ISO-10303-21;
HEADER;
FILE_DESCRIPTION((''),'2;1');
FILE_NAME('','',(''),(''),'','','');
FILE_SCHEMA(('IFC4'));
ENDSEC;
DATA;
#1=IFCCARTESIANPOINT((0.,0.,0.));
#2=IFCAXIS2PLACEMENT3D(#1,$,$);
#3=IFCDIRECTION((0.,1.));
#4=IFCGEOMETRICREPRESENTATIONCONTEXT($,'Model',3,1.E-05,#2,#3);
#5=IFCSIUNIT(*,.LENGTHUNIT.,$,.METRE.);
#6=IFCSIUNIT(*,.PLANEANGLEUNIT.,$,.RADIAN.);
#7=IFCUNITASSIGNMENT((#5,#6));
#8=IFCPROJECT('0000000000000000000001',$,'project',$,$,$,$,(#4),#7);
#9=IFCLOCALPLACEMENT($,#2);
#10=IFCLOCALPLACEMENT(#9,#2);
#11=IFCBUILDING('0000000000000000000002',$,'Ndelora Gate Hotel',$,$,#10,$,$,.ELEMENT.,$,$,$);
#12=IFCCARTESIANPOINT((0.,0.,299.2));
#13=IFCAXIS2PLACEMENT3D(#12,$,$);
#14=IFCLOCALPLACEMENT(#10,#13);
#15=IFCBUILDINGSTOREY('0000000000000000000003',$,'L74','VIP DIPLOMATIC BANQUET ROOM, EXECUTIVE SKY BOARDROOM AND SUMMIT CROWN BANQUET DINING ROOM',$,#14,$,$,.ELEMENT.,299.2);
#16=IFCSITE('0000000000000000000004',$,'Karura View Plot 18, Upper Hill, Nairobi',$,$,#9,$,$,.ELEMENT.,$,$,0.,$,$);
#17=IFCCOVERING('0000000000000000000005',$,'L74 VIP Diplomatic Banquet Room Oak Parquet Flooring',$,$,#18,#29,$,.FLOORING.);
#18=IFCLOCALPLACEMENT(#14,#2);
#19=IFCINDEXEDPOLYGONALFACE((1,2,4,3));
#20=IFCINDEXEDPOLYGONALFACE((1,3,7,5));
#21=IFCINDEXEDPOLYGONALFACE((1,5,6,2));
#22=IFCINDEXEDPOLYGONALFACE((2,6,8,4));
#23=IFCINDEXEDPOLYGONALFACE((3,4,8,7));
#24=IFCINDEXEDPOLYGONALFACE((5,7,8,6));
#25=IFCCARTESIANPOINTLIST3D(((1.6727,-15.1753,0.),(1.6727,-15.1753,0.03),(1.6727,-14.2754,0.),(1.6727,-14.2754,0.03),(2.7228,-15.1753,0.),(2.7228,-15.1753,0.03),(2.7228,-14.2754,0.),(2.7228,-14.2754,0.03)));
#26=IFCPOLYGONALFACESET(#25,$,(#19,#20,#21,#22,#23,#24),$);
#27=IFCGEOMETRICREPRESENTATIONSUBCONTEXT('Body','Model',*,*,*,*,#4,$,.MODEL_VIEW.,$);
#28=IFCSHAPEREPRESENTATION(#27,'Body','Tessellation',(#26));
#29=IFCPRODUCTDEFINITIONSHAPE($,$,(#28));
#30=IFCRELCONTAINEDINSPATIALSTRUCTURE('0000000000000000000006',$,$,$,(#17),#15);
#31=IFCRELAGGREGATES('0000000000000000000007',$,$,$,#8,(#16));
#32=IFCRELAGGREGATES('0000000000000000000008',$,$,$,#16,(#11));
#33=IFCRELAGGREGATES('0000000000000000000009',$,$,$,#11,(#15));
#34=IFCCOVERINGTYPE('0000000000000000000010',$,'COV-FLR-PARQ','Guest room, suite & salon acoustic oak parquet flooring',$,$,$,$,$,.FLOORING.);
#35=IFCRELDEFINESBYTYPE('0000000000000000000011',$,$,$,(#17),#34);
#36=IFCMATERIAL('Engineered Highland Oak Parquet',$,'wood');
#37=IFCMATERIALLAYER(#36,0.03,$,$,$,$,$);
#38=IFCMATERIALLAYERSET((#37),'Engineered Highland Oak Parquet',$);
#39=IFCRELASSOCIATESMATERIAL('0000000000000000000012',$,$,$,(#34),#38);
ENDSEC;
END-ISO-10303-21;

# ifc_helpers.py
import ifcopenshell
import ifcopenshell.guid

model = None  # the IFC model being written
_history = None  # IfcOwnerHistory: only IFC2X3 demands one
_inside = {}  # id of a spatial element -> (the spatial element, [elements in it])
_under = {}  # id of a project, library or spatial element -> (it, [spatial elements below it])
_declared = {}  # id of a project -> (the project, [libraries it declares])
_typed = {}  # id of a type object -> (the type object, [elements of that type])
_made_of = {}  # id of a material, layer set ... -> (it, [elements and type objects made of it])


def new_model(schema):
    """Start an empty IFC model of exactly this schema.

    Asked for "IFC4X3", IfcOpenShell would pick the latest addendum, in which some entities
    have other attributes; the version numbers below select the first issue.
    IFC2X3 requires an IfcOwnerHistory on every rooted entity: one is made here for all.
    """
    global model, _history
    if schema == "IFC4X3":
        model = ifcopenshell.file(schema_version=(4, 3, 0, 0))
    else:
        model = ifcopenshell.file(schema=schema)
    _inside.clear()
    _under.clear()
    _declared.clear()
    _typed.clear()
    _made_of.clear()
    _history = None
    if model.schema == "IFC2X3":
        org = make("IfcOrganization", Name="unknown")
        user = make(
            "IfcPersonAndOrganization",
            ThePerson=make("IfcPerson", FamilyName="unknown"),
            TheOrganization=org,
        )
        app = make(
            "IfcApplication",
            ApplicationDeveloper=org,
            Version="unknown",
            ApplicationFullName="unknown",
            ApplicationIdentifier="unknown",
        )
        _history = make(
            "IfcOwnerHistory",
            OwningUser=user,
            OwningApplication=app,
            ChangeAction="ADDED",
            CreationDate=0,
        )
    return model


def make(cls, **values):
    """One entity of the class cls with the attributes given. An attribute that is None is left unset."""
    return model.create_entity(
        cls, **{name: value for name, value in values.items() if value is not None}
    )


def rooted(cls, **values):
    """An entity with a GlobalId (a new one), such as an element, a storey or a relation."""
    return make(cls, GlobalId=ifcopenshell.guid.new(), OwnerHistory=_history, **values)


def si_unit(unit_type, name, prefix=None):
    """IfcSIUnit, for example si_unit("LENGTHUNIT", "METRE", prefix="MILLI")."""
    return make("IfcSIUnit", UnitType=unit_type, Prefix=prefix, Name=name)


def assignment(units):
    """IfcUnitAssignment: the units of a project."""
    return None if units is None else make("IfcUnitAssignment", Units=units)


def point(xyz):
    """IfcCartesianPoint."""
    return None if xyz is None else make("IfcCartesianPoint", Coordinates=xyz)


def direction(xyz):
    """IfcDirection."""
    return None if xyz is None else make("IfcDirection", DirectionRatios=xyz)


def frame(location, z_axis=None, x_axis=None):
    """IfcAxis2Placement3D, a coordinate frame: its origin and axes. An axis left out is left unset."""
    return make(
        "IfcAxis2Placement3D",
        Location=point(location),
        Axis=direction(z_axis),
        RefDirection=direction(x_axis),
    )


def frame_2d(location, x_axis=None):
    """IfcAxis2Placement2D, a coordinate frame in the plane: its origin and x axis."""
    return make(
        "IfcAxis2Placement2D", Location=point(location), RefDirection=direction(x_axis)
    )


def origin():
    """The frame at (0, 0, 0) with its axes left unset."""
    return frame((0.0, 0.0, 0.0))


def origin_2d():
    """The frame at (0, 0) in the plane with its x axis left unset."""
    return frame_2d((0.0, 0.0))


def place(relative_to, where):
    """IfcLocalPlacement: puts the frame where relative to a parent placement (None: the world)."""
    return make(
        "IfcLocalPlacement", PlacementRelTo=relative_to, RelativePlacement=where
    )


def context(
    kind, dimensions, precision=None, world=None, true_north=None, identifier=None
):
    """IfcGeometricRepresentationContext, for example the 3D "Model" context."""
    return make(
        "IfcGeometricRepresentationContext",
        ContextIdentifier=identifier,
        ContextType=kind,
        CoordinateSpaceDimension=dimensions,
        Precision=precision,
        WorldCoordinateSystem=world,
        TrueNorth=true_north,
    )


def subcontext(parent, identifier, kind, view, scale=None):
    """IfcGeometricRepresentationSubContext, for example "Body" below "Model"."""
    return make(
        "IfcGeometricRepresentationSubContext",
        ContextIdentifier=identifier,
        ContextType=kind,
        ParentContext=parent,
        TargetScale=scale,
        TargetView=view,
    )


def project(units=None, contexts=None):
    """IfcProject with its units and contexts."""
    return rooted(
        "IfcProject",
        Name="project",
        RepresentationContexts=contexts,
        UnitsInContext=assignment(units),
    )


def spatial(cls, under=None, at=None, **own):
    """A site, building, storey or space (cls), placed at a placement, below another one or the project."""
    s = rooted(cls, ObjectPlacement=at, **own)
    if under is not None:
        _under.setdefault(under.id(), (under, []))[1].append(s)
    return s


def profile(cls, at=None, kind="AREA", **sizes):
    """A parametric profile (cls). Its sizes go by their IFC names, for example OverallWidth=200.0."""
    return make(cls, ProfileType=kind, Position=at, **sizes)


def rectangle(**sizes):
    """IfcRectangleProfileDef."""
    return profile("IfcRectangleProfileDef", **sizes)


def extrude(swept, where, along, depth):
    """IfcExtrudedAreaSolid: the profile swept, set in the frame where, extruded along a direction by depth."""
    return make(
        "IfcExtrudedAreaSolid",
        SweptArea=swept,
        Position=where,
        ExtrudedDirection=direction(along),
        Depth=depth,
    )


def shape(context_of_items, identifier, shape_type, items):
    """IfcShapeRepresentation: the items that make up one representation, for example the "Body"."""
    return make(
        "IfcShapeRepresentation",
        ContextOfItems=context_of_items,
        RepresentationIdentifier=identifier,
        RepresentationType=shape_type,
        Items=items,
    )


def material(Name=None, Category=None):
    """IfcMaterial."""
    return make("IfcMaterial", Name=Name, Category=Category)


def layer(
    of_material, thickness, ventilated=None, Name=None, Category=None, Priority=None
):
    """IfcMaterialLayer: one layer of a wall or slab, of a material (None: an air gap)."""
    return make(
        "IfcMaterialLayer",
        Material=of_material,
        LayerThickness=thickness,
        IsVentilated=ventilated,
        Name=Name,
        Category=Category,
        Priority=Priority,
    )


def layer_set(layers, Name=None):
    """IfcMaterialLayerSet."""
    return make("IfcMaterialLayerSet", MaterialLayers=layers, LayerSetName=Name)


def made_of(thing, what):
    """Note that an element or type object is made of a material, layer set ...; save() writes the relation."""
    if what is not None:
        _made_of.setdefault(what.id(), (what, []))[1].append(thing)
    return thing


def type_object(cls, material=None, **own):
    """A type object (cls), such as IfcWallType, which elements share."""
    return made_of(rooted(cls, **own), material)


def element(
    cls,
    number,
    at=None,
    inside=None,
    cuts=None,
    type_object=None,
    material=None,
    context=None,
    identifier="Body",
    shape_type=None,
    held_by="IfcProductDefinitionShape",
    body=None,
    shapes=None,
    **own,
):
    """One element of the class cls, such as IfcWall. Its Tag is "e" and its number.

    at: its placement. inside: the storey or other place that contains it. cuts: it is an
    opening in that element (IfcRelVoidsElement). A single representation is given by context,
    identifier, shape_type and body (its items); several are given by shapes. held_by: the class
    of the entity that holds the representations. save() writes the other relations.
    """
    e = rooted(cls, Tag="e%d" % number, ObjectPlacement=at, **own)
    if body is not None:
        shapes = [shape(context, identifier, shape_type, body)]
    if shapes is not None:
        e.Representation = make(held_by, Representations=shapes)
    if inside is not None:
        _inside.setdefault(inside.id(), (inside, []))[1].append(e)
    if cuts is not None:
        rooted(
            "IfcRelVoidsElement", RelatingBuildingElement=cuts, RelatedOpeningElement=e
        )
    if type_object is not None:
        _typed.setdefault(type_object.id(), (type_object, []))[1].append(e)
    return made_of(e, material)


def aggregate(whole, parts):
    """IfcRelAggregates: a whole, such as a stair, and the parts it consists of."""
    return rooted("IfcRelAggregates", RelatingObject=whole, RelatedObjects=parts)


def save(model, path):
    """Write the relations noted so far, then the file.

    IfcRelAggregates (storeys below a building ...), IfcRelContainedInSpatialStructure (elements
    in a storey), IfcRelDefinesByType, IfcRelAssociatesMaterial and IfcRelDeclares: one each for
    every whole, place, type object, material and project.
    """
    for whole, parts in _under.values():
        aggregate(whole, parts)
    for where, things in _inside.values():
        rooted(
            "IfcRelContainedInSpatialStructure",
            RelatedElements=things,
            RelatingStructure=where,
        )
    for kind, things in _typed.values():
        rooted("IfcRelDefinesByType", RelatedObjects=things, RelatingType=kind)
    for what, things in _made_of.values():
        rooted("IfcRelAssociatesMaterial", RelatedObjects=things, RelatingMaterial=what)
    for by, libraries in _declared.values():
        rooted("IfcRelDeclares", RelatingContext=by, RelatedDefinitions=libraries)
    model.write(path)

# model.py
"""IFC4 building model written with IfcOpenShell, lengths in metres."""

from ifc_helpers import new_model, si_unit, direction, frame, origin, origin_2d, place, context, subcontext, project, spatial, rectangle, extrude, material, layer, layer_set, type_object, element, save


model = new_model("IFC4")

# Units and contexts
model_context = context("Model", 3, precision=1e-05, world=origin(), true_north=direction((0.0, 1.0)))
body_context = subcontext(model_context, "Body", "Model", "MODEL_VIEW")
ifc_project = project(units=[si_unit("LENGTHUNIT", "METRE"), si_unit("PLANEANGLEUNIT", "RADIAN")], contexts=[model_context])

# Site, building, storey
site_placement = place(None, origin())
site = spatial("IfcSite", under=ifc_project, at=site_placement, Name="Karura View Plot 18, Upper Hill, Nairobi", CompositionType="ELEMENT", RefElevation=0.0)
building_placement = place(site_placement, origin())
building = spatial("IfcBuilding", under=site, at=building_placement, Name="Ndelora Gate Hotel", CompositionType="ELEMENT")
storey_placement = place(building_placement, frame((0.0, 0.0, 299.2)))
storey = spatial("IfcBuildingStorey", under=building, at=storey_placement, Name="L74", Description="VIP DIPLOMATIC BANQUET ROOM, EXECUTIVE SKY BOARDROOM AND SUMMIT CROWN BANQUET DINING ROOM", CompositionType="ELEMENT", Elevation=299.2)

# Covering
ifc_material_1 = material(Name="Engineered Highland Oak Parquet", Category="wood")
ifc_layer_1 = layer(ifc_material_1, 0.03)
ifc_layer_set_1 = layer_set([ifc_layer_1], Name="Engineered Highland Oak Parquet")
covering_type_1 = type_object("IfcCoveringType", Name="COV-FLR-PARQ", Description="Guest room, suite & salon acoustic oak parquet flooring", PredefinedType="FLOORING", material=ifc_layer_set_1)
covering_1_placement = place(storey_placement, frame((2.1978, -14.7253, 0.0), z_axis=(0.0, 0.0, 1.0), x_axis=(1.0, 0.0, 0.0)))
element("IfcCovering", 1, at=covering_1_placement, inside=storey, type_object=covering_type_1, Name="L74 VIP Diplomatic Banquet Room Oak Parquet Flooring", PredefinedType="FLOORING", context=body_context, shape_type="SweptSolid", body=[
    extrude(rectangle(XDim=1.05, YDim=0.8999, at=origin_2d()), origin(), (0.0, 0.0, 1.0), 0.03),
])

save(model, "model.ifc")
